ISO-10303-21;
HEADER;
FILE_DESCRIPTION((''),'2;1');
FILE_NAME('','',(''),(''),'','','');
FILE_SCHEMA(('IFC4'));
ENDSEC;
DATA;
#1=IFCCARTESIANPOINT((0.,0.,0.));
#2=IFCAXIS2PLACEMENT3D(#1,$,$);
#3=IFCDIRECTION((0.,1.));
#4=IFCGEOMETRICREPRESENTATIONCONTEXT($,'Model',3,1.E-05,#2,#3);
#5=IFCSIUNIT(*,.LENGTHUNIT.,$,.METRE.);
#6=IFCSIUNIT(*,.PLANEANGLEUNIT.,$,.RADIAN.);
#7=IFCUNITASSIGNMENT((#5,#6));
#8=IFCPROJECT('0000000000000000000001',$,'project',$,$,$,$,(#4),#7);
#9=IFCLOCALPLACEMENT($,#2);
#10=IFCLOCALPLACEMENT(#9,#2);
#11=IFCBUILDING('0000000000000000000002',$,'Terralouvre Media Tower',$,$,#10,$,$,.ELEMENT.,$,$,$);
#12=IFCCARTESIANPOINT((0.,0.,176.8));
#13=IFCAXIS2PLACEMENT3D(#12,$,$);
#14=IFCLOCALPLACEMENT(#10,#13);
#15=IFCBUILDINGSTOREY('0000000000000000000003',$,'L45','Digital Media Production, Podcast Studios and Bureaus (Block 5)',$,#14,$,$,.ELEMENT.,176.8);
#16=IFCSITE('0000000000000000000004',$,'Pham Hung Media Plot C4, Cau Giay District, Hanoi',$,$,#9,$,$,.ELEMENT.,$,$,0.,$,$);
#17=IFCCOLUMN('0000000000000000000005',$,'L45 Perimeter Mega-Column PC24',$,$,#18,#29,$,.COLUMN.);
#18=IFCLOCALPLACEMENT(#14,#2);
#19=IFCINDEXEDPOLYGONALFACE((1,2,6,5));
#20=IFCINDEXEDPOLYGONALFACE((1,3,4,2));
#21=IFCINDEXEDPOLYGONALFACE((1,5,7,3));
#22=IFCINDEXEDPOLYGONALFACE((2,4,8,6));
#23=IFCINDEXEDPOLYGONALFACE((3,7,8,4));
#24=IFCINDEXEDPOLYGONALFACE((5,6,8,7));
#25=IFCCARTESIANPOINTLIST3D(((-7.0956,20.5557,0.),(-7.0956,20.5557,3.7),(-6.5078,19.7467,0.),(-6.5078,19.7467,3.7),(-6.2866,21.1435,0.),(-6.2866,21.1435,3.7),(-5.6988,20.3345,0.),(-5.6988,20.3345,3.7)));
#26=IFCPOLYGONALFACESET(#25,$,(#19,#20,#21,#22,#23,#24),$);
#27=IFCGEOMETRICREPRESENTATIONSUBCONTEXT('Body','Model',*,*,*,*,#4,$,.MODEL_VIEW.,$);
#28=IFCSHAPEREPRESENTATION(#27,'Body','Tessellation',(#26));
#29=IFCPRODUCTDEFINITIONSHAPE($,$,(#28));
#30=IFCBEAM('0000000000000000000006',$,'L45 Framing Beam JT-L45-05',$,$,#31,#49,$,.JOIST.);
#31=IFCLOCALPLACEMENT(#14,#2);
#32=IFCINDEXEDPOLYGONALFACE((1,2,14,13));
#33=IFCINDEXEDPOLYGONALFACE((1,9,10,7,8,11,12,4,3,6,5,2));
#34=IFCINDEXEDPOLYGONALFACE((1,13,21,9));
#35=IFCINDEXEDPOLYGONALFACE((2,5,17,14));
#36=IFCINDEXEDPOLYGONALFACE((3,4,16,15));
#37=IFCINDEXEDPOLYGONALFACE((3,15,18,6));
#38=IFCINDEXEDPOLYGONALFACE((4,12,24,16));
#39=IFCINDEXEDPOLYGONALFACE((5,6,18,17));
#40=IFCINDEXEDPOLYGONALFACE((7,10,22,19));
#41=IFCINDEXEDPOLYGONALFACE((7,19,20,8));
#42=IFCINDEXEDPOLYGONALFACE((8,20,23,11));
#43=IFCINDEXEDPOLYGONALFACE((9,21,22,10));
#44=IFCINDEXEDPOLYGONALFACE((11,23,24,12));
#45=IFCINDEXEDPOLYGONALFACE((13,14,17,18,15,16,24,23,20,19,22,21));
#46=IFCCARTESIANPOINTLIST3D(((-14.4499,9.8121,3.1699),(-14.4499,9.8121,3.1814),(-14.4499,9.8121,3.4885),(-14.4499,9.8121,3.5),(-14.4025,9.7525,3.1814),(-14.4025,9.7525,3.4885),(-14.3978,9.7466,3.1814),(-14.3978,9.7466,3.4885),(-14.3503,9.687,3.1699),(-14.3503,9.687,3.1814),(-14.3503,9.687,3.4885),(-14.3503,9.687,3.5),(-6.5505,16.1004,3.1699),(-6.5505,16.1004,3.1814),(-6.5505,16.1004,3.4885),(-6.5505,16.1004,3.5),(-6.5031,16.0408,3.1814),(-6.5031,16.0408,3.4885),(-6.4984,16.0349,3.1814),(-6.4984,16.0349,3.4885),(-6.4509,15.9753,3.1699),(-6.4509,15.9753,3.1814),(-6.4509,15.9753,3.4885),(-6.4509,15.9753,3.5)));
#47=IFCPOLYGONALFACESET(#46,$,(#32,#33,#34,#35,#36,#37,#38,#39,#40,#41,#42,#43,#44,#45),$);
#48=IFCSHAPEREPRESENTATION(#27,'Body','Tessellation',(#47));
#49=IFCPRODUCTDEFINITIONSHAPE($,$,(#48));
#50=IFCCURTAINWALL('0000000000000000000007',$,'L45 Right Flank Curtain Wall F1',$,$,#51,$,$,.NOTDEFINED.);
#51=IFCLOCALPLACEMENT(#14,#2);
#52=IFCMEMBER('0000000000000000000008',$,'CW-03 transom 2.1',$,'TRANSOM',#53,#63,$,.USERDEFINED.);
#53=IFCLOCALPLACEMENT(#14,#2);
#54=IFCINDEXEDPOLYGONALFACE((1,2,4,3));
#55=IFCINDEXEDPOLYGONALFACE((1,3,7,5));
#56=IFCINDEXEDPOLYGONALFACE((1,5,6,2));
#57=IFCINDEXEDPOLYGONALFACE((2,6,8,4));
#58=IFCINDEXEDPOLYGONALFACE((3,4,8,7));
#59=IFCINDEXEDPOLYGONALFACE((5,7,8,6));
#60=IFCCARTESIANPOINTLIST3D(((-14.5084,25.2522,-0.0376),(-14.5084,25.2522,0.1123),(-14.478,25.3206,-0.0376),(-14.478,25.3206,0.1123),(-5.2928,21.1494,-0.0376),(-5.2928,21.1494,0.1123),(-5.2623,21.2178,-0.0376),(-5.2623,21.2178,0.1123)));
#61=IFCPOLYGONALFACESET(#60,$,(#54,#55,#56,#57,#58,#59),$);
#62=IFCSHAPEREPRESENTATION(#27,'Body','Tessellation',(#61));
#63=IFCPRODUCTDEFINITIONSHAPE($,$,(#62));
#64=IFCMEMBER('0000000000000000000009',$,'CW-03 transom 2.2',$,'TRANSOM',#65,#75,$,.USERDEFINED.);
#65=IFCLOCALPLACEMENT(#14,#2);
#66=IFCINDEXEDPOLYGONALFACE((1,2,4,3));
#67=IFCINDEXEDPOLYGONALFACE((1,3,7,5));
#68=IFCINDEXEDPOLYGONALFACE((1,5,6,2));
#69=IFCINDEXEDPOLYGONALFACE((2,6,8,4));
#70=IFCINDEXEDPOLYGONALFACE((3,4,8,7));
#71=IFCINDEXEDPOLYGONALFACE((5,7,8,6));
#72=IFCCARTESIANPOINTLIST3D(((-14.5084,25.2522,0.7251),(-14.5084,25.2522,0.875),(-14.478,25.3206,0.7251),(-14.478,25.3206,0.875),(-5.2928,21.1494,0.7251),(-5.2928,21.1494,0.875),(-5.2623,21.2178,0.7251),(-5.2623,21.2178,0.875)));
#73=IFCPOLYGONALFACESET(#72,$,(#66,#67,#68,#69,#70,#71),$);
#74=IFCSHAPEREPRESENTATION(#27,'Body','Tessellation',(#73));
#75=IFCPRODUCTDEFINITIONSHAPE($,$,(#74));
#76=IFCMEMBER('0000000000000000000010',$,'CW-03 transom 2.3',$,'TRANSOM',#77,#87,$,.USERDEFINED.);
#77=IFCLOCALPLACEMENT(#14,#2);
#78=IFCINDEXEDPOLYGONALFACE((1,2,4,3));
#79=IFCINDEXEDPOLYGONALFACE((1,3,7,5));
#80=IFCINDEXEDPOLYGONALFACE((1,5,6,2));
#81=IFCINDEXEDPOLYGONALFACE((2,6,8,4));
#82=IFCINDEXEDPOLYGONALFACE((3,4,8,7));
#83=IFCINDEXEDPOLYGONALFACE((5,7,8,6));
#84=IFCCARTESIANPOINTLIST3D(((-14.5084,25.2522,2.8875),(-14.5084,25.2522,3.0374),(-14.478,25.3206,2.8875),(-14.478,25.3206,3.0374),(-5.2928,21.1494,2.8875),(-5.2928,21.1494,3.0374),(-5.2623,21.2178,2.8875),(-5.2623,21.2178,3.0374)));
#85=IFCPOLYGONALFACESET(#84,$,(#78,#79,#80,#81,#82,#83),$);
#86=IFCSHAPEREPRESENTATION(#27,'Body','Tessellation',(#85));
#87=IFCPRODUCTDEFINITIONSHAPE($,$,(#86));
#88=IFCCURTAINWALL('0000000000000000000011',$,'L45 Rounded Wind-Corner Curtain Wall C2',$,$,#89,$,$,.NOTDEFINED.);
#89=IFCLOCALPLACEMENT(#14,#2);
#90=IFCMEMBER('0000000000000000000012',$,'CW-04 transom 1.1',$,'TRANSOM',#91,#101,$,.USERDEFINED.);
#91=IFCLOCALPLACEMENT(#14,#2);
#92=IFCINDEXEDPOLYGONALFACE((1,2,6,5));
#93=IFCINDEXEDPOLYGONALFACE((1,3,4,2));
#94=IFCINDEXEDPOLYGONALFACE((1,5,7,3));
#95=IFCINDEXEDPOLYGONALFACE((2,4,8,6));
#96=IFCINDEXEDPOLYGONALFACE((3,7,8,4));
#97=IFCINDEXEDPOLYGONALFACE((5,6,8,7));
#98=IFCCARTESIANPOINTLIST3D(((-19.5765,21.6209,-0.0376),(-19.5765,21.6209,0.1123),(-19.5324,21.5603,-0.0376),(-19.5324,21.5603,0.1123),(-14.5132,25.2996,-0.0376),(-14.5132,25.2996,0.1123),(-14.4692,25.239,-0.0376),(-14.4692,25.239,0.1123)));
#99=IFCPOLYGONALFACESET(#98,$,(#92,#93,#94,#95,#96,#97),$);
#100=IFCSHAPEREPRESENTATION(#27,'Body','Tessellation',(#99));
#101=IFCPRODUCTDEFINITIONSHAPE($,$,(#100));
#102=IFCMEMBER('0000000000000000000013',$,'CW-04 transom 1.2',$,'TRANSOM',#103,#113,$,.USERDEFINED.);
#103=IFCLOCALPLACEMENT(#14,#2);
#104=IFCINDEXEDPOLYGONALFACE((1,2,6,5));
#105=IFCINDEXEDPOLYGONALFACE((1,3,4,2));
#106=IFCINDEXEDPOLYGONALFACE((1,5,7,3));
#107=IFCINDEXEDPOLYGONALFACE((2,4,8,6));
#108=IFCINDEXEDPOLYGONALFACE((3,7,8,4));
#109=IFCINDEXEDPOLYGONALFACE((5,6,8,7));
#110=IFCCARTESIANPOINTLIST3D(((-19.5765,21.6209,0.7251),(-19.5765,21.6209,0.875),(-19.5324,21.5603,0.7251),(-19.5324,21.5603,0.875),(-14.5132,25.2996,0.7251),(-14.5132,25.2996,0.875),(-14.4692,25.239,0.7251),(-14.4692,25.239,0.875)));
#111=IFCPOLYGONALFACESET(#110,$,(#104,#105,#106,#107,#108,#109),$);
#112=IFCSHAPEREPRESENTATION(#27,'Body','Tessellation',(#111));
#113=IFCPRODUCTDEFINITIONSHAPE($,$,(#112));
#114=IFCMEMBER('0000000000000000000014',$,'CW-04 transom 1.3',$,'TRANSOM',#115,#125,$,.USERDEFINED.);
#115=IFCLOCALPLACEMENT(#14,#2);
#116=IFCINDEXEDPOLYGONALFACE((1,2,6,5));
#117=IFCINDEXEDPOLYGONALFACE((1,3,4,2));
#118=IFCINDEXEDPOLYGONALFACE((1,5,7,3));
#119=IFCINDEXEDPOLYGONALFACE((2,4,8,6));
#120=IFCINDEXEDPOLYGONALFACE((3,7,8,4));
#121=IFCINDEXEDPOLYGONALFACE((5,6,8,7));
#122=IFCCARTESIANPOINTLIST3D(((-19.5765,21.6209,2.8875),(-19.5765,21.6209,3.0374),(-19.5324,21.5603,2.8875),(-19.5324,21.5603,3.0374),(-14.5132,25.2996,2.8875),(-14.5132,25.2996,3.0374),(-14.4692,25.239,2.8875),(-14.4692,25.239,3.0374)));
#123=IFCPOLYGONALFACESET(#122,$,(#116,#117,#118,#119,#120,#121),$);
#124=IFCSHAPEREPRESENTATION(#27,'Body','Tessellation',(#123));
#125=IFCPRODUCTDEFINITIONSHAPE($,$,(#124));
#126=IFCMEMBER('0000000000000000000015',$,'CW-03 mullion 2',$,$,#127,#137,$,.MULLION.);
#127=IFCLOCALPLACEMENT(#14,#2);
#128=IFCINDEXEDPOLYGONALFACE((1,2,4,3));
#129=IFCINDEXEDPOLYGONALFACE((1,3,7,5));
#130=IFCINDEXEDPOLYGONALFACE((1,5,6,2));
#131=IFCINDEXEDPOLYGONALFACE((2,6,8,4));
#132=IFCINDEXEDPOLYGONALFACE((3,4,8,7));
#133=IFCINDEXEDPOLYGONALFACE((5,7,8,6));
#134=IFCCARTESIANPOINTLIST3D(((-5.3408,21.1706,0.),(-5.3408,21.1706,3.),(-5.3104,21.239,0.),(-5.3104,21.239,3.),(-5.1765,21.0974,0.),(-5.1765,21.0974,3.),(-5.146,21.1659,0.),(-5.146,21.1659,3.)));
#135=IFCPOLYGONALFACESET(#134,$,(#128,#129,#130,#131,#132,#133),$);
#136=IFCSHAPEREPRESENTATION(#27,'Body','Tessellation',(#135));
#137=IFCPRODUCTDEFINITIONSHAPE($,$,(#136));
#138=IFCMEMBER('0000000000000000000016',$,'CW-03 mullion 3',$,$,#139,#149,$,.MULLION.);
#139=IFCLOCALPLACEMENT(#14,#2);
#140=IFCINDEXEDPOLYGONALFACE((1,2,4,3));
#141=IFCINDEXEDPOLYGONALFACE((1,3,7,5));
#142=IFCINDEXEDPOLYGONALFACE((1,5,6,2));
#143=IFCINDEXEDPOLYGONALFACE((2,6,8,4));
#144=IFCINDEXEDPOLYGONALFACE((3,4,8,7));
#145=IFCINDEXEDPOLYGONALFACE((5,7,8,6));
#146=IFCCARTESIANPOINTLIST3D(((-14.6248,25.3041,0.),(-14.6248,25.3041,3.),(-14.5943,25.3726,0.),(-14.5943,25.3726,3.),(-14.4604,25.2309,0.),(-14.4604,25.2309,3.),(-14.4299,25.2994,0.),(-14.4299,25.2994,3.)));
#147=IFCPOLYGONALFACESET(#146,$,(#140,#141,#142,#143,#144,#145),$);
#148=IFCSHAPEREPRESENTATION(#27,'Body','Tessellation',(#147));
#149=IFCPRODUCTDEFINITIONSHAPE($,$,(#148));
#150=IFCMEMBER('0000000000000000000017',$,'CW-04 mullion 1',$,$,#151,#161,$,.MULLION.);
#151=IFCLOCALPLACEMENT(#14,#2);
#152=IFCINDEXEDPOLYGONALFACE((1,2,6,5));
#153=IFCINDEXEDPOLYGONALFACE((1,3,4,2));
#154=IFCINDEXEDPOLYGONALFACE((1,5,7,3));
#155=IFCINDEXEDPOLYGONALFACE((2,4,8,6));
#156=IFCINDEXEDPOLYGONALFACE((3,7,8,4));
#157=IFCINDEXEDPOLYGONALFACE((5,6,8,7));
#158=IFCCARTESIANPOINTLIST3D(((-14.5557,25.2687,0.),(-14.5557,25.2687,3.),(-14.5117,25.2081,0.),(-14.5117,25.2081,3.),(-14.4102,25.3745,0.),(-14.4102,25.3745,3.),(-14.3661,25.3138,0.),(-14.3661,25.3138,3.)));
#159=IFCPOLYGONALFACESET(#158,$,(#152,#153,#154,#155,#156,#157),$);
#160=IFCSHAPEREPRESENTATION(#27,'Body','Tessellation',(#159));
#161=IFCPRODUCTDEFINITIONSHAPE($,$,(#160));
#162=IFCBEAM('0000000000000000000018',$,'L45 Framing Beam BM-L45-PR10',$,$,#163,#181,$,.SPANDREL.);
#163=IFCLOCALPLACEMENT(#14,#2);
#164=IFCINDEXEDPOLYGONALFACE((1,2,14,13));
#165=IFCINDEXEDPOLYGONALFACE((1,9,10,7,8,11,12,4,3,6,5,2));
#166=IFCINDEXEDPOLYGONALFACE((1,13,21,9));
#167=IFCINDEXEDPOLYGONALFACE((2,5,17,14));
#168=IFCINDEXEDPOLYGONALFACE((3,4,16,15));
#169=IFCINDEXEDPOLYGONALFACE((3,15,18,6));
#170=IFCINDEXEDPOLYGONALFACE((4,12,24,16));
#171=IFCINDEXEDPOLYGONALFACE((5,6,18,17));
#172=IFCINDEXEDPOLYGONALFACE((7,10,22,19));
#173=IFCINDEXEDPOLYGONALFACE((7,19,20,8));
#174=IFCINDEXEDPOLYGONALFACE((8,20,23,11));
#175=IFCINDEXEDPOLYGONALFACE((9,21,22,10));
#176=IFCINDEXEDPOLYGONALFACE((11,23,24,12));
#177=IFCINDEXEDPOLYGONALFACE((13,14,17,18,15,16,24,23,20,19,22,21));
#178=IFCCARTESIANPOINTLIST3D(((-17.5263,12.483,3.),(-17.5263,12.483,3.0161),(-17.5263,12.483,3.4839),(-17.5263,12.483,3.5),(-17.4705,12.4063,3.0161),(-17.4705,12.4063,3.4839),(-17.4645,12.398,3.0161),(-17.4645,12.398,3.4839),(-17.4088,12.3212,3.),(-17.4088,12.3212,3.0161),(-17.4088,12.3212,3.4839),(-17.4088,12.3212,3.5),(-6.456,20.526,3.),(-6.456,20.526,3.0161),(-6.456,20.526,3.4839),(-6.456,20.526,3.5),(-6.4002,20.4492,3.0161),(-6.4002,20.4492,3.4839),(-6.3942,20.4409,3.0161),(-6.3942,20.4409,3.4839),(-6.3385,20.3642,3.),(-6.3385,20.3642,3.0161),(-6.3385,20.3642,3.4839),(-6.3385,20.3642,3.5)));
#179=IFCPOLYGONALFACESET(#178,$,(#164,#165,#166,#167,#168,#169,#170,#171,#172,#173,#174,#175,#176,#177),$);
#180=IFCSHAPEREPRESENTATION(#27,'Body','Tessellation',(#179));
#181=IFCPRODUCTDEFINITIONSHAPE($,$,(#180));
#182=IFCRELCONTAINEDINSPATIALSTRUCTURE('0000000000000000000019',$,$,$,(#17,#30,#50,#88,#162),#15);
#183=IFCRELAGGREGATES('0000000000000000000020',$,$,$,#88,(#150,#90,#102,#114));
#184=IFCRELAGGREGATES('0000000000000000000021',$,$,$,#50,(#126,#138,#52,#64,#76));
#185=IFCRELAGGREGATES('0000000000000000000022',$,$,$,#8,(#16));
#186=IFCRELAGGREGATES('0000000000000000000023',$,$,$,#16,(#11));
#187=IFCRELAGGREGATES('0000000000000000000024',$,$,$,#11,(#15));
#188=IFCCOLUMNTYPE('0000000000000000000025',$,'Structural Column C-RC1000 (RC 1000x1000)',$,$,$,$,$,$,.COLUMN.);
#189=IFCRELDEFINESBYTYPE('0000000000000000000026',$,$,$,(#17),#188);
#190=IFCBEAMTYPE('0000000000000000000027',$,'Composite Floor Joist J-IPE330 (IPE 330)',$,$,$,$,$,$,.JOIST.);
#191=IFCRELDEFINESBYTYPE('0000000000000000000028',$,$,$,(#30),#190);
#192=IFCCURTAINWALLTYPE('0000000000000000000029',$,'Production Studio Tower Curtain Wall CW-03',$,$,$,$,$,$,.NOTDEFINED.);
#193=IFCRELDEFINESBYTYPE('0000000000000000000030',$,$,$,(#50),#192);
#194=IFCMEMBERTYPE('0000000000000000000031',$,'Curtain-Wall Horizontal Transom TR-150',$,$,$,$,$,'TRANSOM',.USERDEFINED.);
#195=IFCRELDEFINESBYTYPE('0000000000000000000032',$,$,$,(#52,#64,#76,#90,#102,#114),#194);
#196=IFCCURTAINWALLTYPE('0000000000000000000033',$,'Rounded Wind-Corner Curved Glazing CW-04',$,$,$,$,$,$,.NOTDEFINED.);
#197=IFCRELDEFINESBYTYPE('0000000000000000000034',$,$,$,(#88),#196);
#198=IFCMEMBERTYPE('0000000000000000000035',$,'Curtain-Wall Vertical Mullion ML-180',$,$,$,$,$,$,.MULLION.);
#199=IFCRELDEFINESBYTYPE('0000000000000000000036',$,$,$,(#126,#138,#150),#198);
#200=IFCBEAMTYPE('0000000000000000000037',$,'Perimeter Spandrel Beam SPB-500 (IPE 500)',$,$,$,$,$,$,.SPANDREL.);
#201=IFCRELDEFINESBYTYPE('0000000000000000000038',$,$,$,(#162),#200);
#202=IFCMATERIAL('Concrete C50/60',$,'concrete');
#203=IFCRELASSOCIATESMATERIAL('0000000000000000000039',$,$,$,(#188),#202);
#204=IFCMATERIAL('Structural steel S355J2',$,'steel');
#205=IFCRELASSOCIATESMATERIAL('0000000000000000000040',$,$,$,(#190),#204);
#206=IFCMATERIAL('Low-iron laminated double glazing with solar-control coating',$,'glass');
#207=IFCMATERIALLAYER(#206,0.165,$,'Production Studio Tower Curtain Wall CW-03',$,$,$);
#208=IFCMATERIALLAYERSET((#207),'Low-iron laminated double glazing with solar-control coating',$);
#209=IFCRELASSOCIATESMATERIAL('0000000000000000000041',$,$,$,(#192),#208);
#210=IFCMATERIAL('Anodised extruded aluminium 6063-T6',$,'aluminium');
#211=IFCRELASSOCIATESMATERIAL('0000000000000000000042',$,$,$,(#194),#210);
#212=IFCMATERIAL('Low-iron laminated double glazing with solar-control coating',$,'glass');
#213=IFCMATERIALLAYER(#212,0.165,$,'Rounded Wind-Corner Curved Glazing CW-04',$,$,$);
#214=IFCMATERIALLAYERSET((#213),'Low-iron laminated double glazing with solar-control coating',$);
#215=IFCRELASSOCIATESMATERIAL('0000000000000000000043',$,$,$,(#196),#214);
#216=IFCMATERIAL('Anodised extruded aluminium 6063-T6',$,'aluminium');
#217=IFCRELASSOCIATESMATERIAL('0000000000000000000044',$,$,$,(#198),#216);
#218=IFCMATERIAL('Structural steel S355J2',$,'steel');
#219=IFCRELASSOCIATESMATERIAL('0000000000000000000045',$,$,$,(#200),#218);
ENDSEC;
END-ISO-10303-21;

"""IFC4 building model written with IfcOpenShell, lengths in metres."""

from ifc_helpers import new_model, si_unit, direction, frame, origin, origin_2d, place, context, subcontext, project, spatial, rectangle, i_section, extrude, material, layer, layer_set, material_profile, profile_set, type_object, element, aggregate, save


model = new_model("IFC4")

# Units and contexts
model_context = context("Model", 3, precision=1e-05, world=origin(), true_north=direction((0.0, 1.0)))
body_context = subcontext(model_context, "Body", "Model", "MODEL_VIEW")
ifc_project = project(units=[si_unit("LENGTHUNIT", "METRE"), si_unit("PLANEANGLEUNIT", "RADIAN")], contexts=[model_context])

# Site, building, storey
site_placement = place(None, origin())
site = spatial("IfcSite", under=ifc_project, at=site_placement, Name="Pham Hung Media Plot C4, Cau Giay District, Hanoi", CompositionType="ELEMENT", RefElevation=0.0)
building_placement = place(site_placement, origin())
building = spatial("IfcBuilding", under=site, at=building_placement, Name="Terralouvre Media Tower", CompositionType="ELEMENT")
storey_placement = place(building_placement, frame((0.0, 0.0, 176.8)))
storey = spatial("IfcBuildingStorey", under=building, at=storey_placement, Name="L45", Description="Digital Media Production, Podcast Studios and Bureaus (Block 5)", CompositionType="ELEMENT", Elevation=176.8)

# Column
ifc_material_1 = material(Name="Concrete C50/60", Category="concrete")
ifc_material_profile_1 = material_profile(ifc_material_1, rectangle(XDim=1.0, YDim=1.0, at=origin_2d()), Name="RC 1000x1000")
ifc_profile_set_1 = profile_set([ifc_material_profile_1], Name="Concrete C50/60")
column_type = type_object("IfcColumnType", Name="Structural Column C-RC1000 (RC 1000x1000)", PredefinedType="COLUMN", material=ifc_profile_set_1)
column_placement = place(storey_placement, frame((-6.3972, 20.4451, 0.0), z_axis=(0.0, 0.0, 1.0), x_axis=(0.809017, 0.587785, 0.0)))
element("IfcColumn", 1, at=column_placement, inside=storey, type_object=column_type, Name="L45 Perimeter Mega-Column PC24", PredefinedType="COLUMN", context=body_context, shape_type="SweptSolid", body=[
    extrude(rectangle(XDim=1.0, YDim=1.0, at=origin_2d()), origin(), (0.0, 0.0, 1.0), 3.7),
])

# Beam
ifc_material_2 = material(Name="Structural steel S355J2", Category="steel")
ifc_material_profile_2 = material_profile(ifc_material_2, i_section(OverallWidth=0.1599, OverallDepth=0.3301, WebThickness=0.0076, FlangeThickness=0.0115, at=origin_2d()), Name="IPE 330")
ifc_profile_set_2 = profile_set([ifc_material_profile_2], Name="Structural steel S355J2")
beam_type_1 = type_object("IfcBeamType", Name="Composite Floor Joist J-IPE330 (IPE 330)", PredefinedType="JOIST", material=ifc_profile_set_2)
beam_1_placement = place(storey_placement, frame((-6.5007, 16.0378, 3.335), z_axis=(-0.782374, -0.622809, 0.0), x_axis=(0.622809, -0.782374, 0.0)))
element("IfcBeam", 2, at=beam_1_placement, inside=storey, type_object=beam_type_1, Name="L45 Framing Beam JT-L45-05", PredefinedType="JOIST", context=body_context, shape_type="SweptSolid", body=[
    extrude(i_section(OverallWidth=0.1599, OverallDepth=0.3301, WebThickness=0.0076, FlangeThickness=0.0115, at=origin_2d()), origin(), (0.0, 0.0, 1.0), 10.0967),
])

# Curtain walls, members
ifc_material_3 = material(Name="Low-iron laminated double glazing with solar-control coating", Category="glass")
ifc_layer_1 = layer(ifc_material_3, 0.165, Name="Production Studio Tower Curtain Wall CW-03")
ifc_layer_set_1 = layer_set([ifc_layer_1], Name="Low-iron laminated double glazing with solar-control coating")
curtain_wall_type_1 = type_object("IfcCurtainWallType", Name="Production Studio Tower Curtain Wall CW-03", PredefinedType="NOTDEFINED", material=ifc_layer_set_1)
curtain_wall_1_placement = place(storey_placement, origin())
curtain_wall_1 = element("IfcCurtainWall", 3, at=curtain_wall_1_placement, inside=storey, type_object=curtain_wall_type_1, Name="L45 Right Flank Curtain Wall F1", PredefinedType="NOTDEFINED")
ifc_material_4 = material(Name="Anodised extruded aluminium 6063-T6", Category="aluminium")
ifc_material_profile_3 = material_profile(ifc_material_4, rectangle(XDim=0.075, YDim=0.1499, at=origin_2d()), Name="ALU 75x150")
ifc_profile_set_3 = profile_set([ifc_material_profile_3], Name="Anodised extruded aluminium 6063-T6")
member_type_1 = type_object("IfcMemberType", Name="Curtain-Wall Horizontal Transom TR-150", ElementType="TRANSOM", PredefinedType="USERDEFINED", material=ifc_profile_set_3)
member_1_placement = place(storey_placement, frame((-5.2776, 21.1836, 0.0374), z_axis=(-0.913555, 0.406715, 0.0), x_axis=(-0.406715, -0.913555, 0.0)))
member_1 = element("IfcMember", 4, at=member_1_placement, type_object=member_type_1, Name="CW-03 transom 2.1", ObjectType="TRANSOM", PredefinedType="USERDEFINED", context=body_context, shape_type="SweptSolid", body=[
    extrude(rectangle(XDim=0.075, YDim=0.1499, at=origin_2d()), origin(), (0.0, 0.0, 1.0), 10.0876),
])
member_2_placement = place(storey_placement, frame((-5.2776, 21.1836, 0.8), z_axis=(-0.913555, 0.406715, 0.0), x_axis=(-0.406715, -0.913555, 0.0)))
member_2 = element("IfcMember", 5, at=member_2_placement, type_object=member_type_1, Name="CW-03 transom 2.2", ObjectType="TRANSOM", PredefinedType="USERDEFINED", context=body_context, shape_type="SweptSolid", body=[
    extrude(rectangle(XDim=0.075, YDim=0.1499, at=origin_2d()), origin(), (0.0, 0.0, 1.0), 10.0876),
])
member_3_placement = place(storey_placement, frame((-5.2776, 21.1836, 2.9624), z_axis=(-0.913555, 0.406715, 0.0), x_axis=(-0.406715, -0.913555, 0.0)))
member_3 = element("IfcMember", 6, at=member_3_placement, type_object=member_type_1, Name="CW-03 transom 2.3", ObjectType="TRANSOM", PredefinedType="USERDEFINED", context=body_context, shape_type="SweptSolid", body=[
    extrude(rectangle(XDim=0.075, YDim=0.1499, at=origin_2d()), origin(), (0.0, 0.0, 1.0), 10.0876),
])
ifc_material_5 = material(Name="Low-iron laminated double glazing with solar-control coating", Category="glass")
ifc_layer_2 = layer(ifc_material_5, 0.165, Name="Rounded Wind-Corner Curved Glazing CW-04")
ifc_layer_set_2 = layer_set([ifc_layer_2], Name="Low-iron laminated double glazing with solar-control coating")
curtain_wall_type_2 = type_object("IfcCurtainWallType", Name="Rounded Wind-Corner Curved Glazing CW-04", PredefinedType="NOTDEFINED", material=ifc_layer_set_2)
curtain_wall_2_placement = place(storey_placement, origin())
curtain_wall_2 = element("IfcCurtainWall", 7, at=curtain_wall_2_placement, inside=storey, type_object=curtain_wall_type_2, Name="L45 Rounded Wind-Corner Curtain Wall C2", PredefinedType="NOTDEFINED")
member_4_placement = place(storey_placement, frame((-14.4912, 25.2693, 0.0374), z_axis=(-0.809013, -0.587791, 0.0), x_axis=(0.587791, -0.809013, 0.0)))
member_4 = element("IfcMember", 8, at=member_4_placement, type_object=member_type_1, Name="CW-04 transom 1.1", ObjectType="TRANSOM", PredefinedType="USERDEFINED", context=body_context, shape_type="SweptSolid", body=[
    extrude(rectangle(XDim=0.075, YDim=0.1499, at=origin_2d()), origin(), (0.0, 0.0, 1.0), 6.2585),
])
member_5_placement = place(storey_placement, frame((-14.4912, 25.2693, 0.8), z_axis=(-0.809013, -0.587791, 0.0), x_axis=(0.587791, -0.809013, 0.0)))
member_5 = element("IfcMember", 9, at=member_5_placement, type_object=member_type_1, Name="CW-04 transom 1.2", ObjectType="TRANSOM", PredefinedType="USERDEFINED", context=body_context, shape_type="SweptSolid", body=[
    extrude(rectangle(XDim=0.075, YDim=0.1499, at=origin_2d()), origin(), (0.0, 0.0, 1.0), 6.2585),
])
member_6_placement = place(storey_placement, frame((-14.4912, 25.2693, 2.9624), z_axis=(-0.809013, -0.587791, 0.0), x_axis=(0.587791, -0.809013, 0.0)))
member_6 = element("IfcMember", 10, at=member_6_placement, type_object=member_type_1, Name="CW-04 transom 1.3", ObjectType="TRANSOM", PredefinedType="USERDEFINED", context=body_context, shape_type="SweptSolid", body=[
    extrude(rectangle(XDim=0.075, YDim=0.1499, at=origin_2d()), origin(), (0.0, 0.0, 1.0), 6.2585),
])

# Members
ifc_material_6 = material(Name="Anodised extruded aluminium 6063-T6", Category="aluminium")
ifc_material_profile_4 = material_profile(ifc_material_6, rectangle(XDim=0.075, YDim=0.1799, at=origin_2d()), Name="ALU 75x180")
ifc_profile_set_4 = profile_set([ifc_material_profile_4], Name="Anodised extruded aluminium 6063-T6")
member_type_2 = type_object("IfcMemberType", Name="Curtain-Wall Vertical Mullion ML-180", PredefinedType="MULLION", material=ifc_profile_set_4)
member_7_placement = place(storey_placement, frame((-5.2434, 21.1682, 0.0), z_axis=(0.0, 0.0, 1.0), x_axis=(-0.406736, -0.913546, 0.0)))
member_7 = element("IfcMember", 11, at=member_7_placement, type_object=member_type_2, Name="CW-03 mullion 2", PredefinedType="MULLION", context=body_context, shape_type="SweptSolid", body=[
    extrude(rectangle(XDim=0.075, YDim=0.1799, at=origin_2d()), origin(), (0.0, 0.0, 1.0), 3.0),
])
member_8_placement = place(storey_placement, frame((-14.5273, 25.3018, 0.0), z_axis=(0.0, 0.0, 1.0), x_axis=(-0.406736, -0.913546, 0.0)))
member_8 = element("IfcMember", 12, at=member_8_placement, type_object=member_type_2, Name="CW-03 mullion 3", PredefinedType="MULLION", context=body_context, shape_type="SweptSolid", body=[
    extrude(rectangle(XDim=0.075, YDim=0.1799, at=origin_2d()), origin(), (0.0, 0.0, 1.0), 3.0),
])
member_9_placement = place(storey_placement, frame((-14.4609, 25.2913, 0.0), z_axis=(0.0, 0.0, 1.0), x_axis=(0.587785, -0.809017, 0.0)))
member_9 = element("IfcMember", 13, at=member_9_placement, type_object=member_type_2, Name="CW-04 mullion 1", PredefinedType="MULLION", context=body_context, shape_type="SweptSolid", body=[
    extrude(rectangle(XDim=0.075, YDim=0.1799, at=origin_2d()), origin(), (0.0, 0.0, 1.0), 3.0),
])
aggregate(curtain_wall_2, [member_9, member_4, member_5, member_6])

# Beam
ifc_material_7 = material(Name="Structural steel S355J2", Category="steel")
ifc_material_profile_5 = material_profile(ifc_material_7, i_section(OverallWidth=0.2, OverallDepth=0.5, WebThickness=0.0103, FlangeThickness=0.0161, at=origin_2d()), Name="IPE 500")
ifc_profile_set_5 = profile_set([ifc_material_profile_5], Name="Structural steel S355J2")
beam_type_2 = type_object("IfcBeamType", Name="Perimeter Spandrel Beam SPB-500 (IPE 500)", PredefinedType="SPANDREL", material=ifc_profile_set_5)
beam_2_placement = place(storey_placement, frame((-6.3972, 20.4451, 3.25), z_axis=(-0.80902, -0.587781, 0.0), x_axis=(0.587781, -0.80902, 0.0)))
element("IfcBeam", 14, at=beam_2_placement, inside=storey, type_object=beam_type_2, Name="L45 Framing Beam BM-L45-PR10", PredefinedType="SPANDREL", context=body_context, shape_type="SweptSolid", body=[
    extrude(i_section(OverallWidth=0.2, OverallDepth=0.5, WebThickness=0.0103, FlangeThickness=0.0161, at=origin_2d()), origin(), (0.0, 0.0, 1.0), 13.6836),
])

aggregate(curtain_wall_1, [member_7, member_8, member_1, member_2, member_3])

save(model, "model.ifc")
